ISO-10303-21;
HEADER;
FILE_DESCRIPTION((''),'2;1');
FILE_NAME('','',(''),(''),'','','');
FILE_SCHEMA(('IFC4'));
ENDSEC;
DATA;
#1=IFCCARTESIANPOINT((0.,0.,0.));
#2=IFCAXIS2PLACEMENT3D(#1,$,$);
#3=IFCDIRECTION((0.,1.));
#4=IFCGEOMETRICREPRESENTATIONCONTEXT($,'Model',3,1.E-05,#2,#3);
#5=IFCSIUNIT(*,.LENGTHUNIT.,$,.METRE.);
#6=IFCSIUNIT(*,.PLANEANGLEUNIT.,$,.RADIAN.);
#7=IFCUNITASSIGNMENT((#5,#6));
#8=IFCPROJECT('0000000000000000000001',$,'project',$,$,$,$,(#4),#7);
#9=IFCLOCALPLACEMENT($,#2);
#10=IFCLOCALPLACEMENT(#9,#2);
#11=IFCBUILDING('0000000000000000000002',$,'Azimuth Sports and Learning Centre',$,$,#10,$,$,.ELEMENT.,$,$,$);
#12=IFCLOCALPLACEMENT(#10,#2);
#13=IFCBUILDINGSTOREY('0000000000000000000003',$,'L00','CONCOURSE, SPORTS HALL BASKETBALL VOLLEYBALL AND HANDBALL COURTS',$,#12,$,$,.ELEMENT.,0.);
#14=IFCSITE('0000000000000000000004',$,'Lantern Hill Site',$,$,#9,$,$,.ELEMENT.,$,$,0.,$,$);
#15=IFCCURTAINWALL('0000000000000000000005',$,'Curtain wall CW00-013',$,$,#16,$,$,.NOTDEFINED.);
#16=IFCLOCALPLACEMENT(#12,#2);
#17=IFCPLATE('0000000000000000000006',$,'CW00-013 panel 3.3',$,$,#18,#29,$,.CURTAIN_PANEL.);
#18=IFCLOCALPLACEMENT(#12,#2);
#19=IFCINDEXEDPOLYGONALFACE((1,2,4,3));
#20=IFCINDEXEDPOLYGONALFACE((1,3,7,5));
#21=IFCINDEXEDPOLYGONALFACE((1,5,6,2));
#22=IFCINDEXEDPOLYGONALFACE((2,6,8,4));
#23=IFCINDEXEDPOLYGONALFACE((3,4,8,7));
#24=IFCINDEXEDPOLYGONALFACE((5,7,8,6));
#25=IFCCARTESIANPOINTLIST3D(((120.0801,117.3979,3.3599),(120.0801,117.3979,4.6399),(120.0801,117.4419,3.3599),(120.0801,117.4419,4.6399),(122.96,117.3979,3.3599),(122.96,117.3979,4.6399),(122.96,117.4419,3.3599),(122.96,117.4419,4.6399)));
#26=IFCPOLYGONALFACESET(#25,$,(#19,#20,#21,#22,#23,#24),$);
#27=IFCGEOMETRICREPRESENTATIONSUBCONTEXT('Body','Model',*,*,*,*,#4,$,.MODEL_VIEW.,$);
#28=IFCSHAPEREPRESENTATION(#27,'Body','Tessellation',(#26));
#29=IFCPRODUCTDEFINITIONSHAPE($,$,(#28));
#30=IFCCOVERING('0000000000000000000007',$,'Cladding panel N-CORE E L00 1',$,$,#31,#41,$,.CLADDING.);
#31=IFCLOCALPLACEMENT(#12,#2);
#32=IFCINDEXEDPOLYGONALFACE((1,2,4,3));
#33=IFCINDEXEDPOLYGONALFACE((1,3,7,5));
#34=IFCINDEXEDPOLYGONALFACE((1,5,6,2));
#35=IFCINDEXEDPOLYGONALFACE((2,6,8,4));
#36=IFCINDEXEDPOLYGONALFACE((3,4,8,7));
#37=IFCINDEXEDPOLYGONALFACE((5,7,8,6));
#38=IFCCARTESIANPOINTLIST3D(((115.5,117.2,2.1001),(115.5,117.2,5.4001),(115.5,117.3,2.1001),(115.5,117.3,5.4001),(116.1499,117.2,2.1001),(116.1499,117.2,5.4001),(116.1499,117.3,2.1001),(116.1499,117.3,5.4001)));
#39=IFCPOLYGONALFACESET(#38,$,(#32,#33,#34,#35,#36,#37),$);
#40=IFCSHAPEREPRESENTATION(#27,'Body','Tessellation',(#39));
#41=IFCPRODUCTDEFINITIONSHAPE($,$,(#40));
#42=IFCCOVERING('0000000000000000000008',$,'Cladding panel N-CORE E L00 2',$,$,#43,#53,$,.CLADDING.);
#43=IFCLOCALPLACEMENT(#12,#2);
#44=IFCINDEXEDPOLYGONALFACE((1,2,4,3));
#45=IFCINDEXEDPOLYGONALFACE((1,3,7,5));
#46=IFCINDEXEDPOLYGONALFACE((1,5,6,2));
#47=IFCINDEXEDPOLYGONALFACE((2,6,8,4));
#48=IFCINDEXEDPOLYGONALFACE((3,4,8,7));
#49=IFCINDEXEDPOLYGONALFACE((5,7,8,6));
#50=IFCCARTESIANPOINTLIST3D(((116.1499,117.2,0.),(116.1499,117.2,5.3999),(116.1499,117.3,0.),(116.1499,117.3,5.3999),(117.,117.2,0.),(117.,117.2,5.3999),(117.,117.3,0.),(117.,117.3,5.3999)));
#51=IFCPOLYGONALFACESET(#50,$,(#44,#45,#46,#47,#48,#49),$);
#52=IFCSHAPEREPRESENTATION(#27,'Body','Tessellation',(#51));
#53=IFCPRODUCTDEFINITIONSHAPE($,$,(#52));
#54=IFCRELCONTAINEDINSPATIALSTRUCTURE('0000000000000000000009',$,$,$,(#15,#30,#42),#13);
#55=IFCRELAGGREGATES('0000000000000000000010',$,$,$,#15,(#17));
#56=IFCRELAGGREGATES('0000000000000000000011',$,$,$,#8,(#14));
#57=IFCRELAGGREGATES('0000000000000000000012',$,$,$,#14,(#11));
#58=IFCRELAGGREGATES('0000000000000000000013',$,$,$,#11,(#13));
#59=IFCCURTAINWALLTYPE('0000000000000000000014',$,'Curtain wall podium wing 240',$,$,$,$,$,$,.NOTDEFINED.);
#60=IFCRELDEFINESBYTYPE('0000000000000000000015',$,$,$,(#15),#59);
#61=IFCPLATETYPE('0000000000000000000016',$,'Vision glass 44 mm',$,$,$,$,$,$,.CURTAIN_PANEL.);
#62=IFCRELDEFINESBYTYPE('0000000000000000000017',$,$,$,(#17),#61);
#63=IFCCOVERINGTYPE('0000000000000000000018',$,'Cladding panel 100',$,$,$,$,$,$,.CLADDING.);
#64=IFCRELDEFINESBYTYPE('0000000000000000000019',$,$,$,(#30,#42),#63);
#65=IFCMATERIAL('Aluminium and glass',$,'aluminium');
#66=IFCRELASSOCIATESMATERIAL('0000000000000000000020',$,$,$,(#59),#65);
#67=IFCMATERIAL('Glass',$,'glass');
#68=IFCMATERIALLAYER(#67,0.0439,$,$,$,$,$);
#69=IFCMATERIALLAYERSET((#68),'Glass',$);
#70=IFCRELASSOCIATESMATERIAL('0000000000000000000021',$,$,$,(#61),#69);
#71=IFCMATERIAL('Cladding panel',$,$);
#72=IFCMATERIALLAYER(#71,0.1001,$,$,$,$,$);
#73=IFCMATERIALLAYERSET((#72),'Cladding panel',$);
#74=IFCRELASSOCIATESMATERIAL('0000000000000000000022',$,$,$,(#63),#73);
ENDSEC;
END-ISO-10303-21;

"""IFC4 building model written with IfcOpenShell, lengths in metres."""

from ifc_helpers import new_model, si_unit, direction, frame, origin, origin_2d, place, context, subcontext, project, spatial, rectangle, extrude, material, layer, layer_set, type_object, element, aggregate, save


model = new_model("IFC4")

# Units and contexts
model_context = context("Model", 3, precision=1e-05, world=origin(), true_north=direction((0.0, 1.0)))
body_context = subcontext(model_context, "Body", "Model", "MODEL_VIEW")
ifc_project = project(units=[si_unit("LENGTHUNIT", "METRE"), si_unit("PLANEANGLEUNIT", "RADIAN")], contexts=[model_context])

# Site, building, storey
site_placement = place(None, origin())
site = spatial("IfcSite", under=ifc_project, at=site_placement, Name="Lantern Hill Site", CompositionType="ELEMENT", RefElevation=0.0)
building_placement = place(site_placement, origin())
building = spatial("IfcBuilding", under=site, at=building_placement, Name="Azimuth Sports and Learning Centre", CompositionType="ELEMENT")
storey_placement = place(building_placement, origin())
storey = spatial("IfcBuildingStorey", under=building, at=storey_placement, Name="L00", Description="CONCOURSE, SPORTS HALL BASKETBALL VOLLEYBALL AND HANDBALL COURTS", CompositionType="ELEMENT", Elevation=0.0)

# Curtain wall, plate
ifc_material_1 = material(Name="Aluminium and glass", Category="aluminium")
curtain_wall_type = type_object("IfcCurtainWallType", Name="Curtain wall podium wing 240", PredefinedType="NOTDEFINED", material=ifc_material_1)
curtain_wall_placement = place(storey_placement, origin())
curtain_wall = element("IfcCurtainWall", 1, at=curtain_wall_placement, inside=storey, type_object=curtain_wall_type, Name="Curtain wall CW00-013", PredefinedType="NOTDEFINED")
ifc_material_2 = material(Name="Glass", Category="glass")
ifc_layer_1 = layer(ifc_material_2, 0.0439)
ifc_layer_set_1 = layer_set([ifc_layer_1], Name="Glass")
plate_type_1 = type_object("IfcPlateType", Name="Vision glass 44 mm", PredefinedType="CURTAIN_PANEL", material=ifc_layer_set_1)
plate_1_placement = place(storey_placement, frame((121.52, 117.4199, 3.3599), z_axis=(0.0, 0.0, 1.0), x_axis=(-1.0, 0.0, 0.0)))
plate_1 = element("IfcPlate", 2, at=plate_1_placement, type_object=plate_type_1, Name="CW00-013 panel 3.3", PredefinedType="CURTAIN_PANEL", context=body_context, shape_type="SweptSolid", body=[
    extrude(rectangle(XDim=2.8799, YDim=0.0439, at=origin_2d()), origin(), (0.0, 0.0, 1.0), 1.28),
])
aggregate(curtain_wall, [plate_1])

# Coverings
ifc_material_3 = material(Name="Cladding panel")
ifc_layer_2 = layer(ifc_material_3, 0.1001)
ifc_layer_set_2 = layer_set([ifc_layer_2], Name="Cladding panel")
covering_type = type_object("IfcCoveringType", Name="Cladding panel 100", PredefinedType="CLADDING", material=ifc_layer_set_2)
covering_1_placement = place(storey_placement, frame((115.825, 117.25, 2.1001), z_axis=(0.0, 0.0, 1.0), x_axis=(-1.0, 0.0, 0.0)))
element("IfcCovering", 3, at=covering_1_placement, inside=storey, type_object=covering_type, Name="Cladding panel N-CORE E L00 1", PredefinedType="CLADDING", context=body_context, shape_type="SweptSolid", body=[
    extrude(rectangle(XDim=0.6499, YDim=0.1001, at=origin_2d()), origin(), (0.0, 0.0, 1.0), 3.3),
])
covering_2_placement = place(storey_placement, frame((116.575, 117.25, 0.0), z_axis=(0.0, 0.0, 1.0), x_axis=(-1.0, 0.0, 0.0)))
element("IfcCovering", 4, at=covering_2_placement, inside=storey, type_object=covering_type, Name="Cladding panel N-CORE E L00 2", PredefinedType="CLADDING", context=body_context, shape_type="SweptSolid", body=[
    extrude(rectangle(XDim=0.8501, YDim=0.1001, at=origin_2d()), origin(), (0.0, 0.0, 1.0), 5.3999),
])

save(model, "model.ifc")
